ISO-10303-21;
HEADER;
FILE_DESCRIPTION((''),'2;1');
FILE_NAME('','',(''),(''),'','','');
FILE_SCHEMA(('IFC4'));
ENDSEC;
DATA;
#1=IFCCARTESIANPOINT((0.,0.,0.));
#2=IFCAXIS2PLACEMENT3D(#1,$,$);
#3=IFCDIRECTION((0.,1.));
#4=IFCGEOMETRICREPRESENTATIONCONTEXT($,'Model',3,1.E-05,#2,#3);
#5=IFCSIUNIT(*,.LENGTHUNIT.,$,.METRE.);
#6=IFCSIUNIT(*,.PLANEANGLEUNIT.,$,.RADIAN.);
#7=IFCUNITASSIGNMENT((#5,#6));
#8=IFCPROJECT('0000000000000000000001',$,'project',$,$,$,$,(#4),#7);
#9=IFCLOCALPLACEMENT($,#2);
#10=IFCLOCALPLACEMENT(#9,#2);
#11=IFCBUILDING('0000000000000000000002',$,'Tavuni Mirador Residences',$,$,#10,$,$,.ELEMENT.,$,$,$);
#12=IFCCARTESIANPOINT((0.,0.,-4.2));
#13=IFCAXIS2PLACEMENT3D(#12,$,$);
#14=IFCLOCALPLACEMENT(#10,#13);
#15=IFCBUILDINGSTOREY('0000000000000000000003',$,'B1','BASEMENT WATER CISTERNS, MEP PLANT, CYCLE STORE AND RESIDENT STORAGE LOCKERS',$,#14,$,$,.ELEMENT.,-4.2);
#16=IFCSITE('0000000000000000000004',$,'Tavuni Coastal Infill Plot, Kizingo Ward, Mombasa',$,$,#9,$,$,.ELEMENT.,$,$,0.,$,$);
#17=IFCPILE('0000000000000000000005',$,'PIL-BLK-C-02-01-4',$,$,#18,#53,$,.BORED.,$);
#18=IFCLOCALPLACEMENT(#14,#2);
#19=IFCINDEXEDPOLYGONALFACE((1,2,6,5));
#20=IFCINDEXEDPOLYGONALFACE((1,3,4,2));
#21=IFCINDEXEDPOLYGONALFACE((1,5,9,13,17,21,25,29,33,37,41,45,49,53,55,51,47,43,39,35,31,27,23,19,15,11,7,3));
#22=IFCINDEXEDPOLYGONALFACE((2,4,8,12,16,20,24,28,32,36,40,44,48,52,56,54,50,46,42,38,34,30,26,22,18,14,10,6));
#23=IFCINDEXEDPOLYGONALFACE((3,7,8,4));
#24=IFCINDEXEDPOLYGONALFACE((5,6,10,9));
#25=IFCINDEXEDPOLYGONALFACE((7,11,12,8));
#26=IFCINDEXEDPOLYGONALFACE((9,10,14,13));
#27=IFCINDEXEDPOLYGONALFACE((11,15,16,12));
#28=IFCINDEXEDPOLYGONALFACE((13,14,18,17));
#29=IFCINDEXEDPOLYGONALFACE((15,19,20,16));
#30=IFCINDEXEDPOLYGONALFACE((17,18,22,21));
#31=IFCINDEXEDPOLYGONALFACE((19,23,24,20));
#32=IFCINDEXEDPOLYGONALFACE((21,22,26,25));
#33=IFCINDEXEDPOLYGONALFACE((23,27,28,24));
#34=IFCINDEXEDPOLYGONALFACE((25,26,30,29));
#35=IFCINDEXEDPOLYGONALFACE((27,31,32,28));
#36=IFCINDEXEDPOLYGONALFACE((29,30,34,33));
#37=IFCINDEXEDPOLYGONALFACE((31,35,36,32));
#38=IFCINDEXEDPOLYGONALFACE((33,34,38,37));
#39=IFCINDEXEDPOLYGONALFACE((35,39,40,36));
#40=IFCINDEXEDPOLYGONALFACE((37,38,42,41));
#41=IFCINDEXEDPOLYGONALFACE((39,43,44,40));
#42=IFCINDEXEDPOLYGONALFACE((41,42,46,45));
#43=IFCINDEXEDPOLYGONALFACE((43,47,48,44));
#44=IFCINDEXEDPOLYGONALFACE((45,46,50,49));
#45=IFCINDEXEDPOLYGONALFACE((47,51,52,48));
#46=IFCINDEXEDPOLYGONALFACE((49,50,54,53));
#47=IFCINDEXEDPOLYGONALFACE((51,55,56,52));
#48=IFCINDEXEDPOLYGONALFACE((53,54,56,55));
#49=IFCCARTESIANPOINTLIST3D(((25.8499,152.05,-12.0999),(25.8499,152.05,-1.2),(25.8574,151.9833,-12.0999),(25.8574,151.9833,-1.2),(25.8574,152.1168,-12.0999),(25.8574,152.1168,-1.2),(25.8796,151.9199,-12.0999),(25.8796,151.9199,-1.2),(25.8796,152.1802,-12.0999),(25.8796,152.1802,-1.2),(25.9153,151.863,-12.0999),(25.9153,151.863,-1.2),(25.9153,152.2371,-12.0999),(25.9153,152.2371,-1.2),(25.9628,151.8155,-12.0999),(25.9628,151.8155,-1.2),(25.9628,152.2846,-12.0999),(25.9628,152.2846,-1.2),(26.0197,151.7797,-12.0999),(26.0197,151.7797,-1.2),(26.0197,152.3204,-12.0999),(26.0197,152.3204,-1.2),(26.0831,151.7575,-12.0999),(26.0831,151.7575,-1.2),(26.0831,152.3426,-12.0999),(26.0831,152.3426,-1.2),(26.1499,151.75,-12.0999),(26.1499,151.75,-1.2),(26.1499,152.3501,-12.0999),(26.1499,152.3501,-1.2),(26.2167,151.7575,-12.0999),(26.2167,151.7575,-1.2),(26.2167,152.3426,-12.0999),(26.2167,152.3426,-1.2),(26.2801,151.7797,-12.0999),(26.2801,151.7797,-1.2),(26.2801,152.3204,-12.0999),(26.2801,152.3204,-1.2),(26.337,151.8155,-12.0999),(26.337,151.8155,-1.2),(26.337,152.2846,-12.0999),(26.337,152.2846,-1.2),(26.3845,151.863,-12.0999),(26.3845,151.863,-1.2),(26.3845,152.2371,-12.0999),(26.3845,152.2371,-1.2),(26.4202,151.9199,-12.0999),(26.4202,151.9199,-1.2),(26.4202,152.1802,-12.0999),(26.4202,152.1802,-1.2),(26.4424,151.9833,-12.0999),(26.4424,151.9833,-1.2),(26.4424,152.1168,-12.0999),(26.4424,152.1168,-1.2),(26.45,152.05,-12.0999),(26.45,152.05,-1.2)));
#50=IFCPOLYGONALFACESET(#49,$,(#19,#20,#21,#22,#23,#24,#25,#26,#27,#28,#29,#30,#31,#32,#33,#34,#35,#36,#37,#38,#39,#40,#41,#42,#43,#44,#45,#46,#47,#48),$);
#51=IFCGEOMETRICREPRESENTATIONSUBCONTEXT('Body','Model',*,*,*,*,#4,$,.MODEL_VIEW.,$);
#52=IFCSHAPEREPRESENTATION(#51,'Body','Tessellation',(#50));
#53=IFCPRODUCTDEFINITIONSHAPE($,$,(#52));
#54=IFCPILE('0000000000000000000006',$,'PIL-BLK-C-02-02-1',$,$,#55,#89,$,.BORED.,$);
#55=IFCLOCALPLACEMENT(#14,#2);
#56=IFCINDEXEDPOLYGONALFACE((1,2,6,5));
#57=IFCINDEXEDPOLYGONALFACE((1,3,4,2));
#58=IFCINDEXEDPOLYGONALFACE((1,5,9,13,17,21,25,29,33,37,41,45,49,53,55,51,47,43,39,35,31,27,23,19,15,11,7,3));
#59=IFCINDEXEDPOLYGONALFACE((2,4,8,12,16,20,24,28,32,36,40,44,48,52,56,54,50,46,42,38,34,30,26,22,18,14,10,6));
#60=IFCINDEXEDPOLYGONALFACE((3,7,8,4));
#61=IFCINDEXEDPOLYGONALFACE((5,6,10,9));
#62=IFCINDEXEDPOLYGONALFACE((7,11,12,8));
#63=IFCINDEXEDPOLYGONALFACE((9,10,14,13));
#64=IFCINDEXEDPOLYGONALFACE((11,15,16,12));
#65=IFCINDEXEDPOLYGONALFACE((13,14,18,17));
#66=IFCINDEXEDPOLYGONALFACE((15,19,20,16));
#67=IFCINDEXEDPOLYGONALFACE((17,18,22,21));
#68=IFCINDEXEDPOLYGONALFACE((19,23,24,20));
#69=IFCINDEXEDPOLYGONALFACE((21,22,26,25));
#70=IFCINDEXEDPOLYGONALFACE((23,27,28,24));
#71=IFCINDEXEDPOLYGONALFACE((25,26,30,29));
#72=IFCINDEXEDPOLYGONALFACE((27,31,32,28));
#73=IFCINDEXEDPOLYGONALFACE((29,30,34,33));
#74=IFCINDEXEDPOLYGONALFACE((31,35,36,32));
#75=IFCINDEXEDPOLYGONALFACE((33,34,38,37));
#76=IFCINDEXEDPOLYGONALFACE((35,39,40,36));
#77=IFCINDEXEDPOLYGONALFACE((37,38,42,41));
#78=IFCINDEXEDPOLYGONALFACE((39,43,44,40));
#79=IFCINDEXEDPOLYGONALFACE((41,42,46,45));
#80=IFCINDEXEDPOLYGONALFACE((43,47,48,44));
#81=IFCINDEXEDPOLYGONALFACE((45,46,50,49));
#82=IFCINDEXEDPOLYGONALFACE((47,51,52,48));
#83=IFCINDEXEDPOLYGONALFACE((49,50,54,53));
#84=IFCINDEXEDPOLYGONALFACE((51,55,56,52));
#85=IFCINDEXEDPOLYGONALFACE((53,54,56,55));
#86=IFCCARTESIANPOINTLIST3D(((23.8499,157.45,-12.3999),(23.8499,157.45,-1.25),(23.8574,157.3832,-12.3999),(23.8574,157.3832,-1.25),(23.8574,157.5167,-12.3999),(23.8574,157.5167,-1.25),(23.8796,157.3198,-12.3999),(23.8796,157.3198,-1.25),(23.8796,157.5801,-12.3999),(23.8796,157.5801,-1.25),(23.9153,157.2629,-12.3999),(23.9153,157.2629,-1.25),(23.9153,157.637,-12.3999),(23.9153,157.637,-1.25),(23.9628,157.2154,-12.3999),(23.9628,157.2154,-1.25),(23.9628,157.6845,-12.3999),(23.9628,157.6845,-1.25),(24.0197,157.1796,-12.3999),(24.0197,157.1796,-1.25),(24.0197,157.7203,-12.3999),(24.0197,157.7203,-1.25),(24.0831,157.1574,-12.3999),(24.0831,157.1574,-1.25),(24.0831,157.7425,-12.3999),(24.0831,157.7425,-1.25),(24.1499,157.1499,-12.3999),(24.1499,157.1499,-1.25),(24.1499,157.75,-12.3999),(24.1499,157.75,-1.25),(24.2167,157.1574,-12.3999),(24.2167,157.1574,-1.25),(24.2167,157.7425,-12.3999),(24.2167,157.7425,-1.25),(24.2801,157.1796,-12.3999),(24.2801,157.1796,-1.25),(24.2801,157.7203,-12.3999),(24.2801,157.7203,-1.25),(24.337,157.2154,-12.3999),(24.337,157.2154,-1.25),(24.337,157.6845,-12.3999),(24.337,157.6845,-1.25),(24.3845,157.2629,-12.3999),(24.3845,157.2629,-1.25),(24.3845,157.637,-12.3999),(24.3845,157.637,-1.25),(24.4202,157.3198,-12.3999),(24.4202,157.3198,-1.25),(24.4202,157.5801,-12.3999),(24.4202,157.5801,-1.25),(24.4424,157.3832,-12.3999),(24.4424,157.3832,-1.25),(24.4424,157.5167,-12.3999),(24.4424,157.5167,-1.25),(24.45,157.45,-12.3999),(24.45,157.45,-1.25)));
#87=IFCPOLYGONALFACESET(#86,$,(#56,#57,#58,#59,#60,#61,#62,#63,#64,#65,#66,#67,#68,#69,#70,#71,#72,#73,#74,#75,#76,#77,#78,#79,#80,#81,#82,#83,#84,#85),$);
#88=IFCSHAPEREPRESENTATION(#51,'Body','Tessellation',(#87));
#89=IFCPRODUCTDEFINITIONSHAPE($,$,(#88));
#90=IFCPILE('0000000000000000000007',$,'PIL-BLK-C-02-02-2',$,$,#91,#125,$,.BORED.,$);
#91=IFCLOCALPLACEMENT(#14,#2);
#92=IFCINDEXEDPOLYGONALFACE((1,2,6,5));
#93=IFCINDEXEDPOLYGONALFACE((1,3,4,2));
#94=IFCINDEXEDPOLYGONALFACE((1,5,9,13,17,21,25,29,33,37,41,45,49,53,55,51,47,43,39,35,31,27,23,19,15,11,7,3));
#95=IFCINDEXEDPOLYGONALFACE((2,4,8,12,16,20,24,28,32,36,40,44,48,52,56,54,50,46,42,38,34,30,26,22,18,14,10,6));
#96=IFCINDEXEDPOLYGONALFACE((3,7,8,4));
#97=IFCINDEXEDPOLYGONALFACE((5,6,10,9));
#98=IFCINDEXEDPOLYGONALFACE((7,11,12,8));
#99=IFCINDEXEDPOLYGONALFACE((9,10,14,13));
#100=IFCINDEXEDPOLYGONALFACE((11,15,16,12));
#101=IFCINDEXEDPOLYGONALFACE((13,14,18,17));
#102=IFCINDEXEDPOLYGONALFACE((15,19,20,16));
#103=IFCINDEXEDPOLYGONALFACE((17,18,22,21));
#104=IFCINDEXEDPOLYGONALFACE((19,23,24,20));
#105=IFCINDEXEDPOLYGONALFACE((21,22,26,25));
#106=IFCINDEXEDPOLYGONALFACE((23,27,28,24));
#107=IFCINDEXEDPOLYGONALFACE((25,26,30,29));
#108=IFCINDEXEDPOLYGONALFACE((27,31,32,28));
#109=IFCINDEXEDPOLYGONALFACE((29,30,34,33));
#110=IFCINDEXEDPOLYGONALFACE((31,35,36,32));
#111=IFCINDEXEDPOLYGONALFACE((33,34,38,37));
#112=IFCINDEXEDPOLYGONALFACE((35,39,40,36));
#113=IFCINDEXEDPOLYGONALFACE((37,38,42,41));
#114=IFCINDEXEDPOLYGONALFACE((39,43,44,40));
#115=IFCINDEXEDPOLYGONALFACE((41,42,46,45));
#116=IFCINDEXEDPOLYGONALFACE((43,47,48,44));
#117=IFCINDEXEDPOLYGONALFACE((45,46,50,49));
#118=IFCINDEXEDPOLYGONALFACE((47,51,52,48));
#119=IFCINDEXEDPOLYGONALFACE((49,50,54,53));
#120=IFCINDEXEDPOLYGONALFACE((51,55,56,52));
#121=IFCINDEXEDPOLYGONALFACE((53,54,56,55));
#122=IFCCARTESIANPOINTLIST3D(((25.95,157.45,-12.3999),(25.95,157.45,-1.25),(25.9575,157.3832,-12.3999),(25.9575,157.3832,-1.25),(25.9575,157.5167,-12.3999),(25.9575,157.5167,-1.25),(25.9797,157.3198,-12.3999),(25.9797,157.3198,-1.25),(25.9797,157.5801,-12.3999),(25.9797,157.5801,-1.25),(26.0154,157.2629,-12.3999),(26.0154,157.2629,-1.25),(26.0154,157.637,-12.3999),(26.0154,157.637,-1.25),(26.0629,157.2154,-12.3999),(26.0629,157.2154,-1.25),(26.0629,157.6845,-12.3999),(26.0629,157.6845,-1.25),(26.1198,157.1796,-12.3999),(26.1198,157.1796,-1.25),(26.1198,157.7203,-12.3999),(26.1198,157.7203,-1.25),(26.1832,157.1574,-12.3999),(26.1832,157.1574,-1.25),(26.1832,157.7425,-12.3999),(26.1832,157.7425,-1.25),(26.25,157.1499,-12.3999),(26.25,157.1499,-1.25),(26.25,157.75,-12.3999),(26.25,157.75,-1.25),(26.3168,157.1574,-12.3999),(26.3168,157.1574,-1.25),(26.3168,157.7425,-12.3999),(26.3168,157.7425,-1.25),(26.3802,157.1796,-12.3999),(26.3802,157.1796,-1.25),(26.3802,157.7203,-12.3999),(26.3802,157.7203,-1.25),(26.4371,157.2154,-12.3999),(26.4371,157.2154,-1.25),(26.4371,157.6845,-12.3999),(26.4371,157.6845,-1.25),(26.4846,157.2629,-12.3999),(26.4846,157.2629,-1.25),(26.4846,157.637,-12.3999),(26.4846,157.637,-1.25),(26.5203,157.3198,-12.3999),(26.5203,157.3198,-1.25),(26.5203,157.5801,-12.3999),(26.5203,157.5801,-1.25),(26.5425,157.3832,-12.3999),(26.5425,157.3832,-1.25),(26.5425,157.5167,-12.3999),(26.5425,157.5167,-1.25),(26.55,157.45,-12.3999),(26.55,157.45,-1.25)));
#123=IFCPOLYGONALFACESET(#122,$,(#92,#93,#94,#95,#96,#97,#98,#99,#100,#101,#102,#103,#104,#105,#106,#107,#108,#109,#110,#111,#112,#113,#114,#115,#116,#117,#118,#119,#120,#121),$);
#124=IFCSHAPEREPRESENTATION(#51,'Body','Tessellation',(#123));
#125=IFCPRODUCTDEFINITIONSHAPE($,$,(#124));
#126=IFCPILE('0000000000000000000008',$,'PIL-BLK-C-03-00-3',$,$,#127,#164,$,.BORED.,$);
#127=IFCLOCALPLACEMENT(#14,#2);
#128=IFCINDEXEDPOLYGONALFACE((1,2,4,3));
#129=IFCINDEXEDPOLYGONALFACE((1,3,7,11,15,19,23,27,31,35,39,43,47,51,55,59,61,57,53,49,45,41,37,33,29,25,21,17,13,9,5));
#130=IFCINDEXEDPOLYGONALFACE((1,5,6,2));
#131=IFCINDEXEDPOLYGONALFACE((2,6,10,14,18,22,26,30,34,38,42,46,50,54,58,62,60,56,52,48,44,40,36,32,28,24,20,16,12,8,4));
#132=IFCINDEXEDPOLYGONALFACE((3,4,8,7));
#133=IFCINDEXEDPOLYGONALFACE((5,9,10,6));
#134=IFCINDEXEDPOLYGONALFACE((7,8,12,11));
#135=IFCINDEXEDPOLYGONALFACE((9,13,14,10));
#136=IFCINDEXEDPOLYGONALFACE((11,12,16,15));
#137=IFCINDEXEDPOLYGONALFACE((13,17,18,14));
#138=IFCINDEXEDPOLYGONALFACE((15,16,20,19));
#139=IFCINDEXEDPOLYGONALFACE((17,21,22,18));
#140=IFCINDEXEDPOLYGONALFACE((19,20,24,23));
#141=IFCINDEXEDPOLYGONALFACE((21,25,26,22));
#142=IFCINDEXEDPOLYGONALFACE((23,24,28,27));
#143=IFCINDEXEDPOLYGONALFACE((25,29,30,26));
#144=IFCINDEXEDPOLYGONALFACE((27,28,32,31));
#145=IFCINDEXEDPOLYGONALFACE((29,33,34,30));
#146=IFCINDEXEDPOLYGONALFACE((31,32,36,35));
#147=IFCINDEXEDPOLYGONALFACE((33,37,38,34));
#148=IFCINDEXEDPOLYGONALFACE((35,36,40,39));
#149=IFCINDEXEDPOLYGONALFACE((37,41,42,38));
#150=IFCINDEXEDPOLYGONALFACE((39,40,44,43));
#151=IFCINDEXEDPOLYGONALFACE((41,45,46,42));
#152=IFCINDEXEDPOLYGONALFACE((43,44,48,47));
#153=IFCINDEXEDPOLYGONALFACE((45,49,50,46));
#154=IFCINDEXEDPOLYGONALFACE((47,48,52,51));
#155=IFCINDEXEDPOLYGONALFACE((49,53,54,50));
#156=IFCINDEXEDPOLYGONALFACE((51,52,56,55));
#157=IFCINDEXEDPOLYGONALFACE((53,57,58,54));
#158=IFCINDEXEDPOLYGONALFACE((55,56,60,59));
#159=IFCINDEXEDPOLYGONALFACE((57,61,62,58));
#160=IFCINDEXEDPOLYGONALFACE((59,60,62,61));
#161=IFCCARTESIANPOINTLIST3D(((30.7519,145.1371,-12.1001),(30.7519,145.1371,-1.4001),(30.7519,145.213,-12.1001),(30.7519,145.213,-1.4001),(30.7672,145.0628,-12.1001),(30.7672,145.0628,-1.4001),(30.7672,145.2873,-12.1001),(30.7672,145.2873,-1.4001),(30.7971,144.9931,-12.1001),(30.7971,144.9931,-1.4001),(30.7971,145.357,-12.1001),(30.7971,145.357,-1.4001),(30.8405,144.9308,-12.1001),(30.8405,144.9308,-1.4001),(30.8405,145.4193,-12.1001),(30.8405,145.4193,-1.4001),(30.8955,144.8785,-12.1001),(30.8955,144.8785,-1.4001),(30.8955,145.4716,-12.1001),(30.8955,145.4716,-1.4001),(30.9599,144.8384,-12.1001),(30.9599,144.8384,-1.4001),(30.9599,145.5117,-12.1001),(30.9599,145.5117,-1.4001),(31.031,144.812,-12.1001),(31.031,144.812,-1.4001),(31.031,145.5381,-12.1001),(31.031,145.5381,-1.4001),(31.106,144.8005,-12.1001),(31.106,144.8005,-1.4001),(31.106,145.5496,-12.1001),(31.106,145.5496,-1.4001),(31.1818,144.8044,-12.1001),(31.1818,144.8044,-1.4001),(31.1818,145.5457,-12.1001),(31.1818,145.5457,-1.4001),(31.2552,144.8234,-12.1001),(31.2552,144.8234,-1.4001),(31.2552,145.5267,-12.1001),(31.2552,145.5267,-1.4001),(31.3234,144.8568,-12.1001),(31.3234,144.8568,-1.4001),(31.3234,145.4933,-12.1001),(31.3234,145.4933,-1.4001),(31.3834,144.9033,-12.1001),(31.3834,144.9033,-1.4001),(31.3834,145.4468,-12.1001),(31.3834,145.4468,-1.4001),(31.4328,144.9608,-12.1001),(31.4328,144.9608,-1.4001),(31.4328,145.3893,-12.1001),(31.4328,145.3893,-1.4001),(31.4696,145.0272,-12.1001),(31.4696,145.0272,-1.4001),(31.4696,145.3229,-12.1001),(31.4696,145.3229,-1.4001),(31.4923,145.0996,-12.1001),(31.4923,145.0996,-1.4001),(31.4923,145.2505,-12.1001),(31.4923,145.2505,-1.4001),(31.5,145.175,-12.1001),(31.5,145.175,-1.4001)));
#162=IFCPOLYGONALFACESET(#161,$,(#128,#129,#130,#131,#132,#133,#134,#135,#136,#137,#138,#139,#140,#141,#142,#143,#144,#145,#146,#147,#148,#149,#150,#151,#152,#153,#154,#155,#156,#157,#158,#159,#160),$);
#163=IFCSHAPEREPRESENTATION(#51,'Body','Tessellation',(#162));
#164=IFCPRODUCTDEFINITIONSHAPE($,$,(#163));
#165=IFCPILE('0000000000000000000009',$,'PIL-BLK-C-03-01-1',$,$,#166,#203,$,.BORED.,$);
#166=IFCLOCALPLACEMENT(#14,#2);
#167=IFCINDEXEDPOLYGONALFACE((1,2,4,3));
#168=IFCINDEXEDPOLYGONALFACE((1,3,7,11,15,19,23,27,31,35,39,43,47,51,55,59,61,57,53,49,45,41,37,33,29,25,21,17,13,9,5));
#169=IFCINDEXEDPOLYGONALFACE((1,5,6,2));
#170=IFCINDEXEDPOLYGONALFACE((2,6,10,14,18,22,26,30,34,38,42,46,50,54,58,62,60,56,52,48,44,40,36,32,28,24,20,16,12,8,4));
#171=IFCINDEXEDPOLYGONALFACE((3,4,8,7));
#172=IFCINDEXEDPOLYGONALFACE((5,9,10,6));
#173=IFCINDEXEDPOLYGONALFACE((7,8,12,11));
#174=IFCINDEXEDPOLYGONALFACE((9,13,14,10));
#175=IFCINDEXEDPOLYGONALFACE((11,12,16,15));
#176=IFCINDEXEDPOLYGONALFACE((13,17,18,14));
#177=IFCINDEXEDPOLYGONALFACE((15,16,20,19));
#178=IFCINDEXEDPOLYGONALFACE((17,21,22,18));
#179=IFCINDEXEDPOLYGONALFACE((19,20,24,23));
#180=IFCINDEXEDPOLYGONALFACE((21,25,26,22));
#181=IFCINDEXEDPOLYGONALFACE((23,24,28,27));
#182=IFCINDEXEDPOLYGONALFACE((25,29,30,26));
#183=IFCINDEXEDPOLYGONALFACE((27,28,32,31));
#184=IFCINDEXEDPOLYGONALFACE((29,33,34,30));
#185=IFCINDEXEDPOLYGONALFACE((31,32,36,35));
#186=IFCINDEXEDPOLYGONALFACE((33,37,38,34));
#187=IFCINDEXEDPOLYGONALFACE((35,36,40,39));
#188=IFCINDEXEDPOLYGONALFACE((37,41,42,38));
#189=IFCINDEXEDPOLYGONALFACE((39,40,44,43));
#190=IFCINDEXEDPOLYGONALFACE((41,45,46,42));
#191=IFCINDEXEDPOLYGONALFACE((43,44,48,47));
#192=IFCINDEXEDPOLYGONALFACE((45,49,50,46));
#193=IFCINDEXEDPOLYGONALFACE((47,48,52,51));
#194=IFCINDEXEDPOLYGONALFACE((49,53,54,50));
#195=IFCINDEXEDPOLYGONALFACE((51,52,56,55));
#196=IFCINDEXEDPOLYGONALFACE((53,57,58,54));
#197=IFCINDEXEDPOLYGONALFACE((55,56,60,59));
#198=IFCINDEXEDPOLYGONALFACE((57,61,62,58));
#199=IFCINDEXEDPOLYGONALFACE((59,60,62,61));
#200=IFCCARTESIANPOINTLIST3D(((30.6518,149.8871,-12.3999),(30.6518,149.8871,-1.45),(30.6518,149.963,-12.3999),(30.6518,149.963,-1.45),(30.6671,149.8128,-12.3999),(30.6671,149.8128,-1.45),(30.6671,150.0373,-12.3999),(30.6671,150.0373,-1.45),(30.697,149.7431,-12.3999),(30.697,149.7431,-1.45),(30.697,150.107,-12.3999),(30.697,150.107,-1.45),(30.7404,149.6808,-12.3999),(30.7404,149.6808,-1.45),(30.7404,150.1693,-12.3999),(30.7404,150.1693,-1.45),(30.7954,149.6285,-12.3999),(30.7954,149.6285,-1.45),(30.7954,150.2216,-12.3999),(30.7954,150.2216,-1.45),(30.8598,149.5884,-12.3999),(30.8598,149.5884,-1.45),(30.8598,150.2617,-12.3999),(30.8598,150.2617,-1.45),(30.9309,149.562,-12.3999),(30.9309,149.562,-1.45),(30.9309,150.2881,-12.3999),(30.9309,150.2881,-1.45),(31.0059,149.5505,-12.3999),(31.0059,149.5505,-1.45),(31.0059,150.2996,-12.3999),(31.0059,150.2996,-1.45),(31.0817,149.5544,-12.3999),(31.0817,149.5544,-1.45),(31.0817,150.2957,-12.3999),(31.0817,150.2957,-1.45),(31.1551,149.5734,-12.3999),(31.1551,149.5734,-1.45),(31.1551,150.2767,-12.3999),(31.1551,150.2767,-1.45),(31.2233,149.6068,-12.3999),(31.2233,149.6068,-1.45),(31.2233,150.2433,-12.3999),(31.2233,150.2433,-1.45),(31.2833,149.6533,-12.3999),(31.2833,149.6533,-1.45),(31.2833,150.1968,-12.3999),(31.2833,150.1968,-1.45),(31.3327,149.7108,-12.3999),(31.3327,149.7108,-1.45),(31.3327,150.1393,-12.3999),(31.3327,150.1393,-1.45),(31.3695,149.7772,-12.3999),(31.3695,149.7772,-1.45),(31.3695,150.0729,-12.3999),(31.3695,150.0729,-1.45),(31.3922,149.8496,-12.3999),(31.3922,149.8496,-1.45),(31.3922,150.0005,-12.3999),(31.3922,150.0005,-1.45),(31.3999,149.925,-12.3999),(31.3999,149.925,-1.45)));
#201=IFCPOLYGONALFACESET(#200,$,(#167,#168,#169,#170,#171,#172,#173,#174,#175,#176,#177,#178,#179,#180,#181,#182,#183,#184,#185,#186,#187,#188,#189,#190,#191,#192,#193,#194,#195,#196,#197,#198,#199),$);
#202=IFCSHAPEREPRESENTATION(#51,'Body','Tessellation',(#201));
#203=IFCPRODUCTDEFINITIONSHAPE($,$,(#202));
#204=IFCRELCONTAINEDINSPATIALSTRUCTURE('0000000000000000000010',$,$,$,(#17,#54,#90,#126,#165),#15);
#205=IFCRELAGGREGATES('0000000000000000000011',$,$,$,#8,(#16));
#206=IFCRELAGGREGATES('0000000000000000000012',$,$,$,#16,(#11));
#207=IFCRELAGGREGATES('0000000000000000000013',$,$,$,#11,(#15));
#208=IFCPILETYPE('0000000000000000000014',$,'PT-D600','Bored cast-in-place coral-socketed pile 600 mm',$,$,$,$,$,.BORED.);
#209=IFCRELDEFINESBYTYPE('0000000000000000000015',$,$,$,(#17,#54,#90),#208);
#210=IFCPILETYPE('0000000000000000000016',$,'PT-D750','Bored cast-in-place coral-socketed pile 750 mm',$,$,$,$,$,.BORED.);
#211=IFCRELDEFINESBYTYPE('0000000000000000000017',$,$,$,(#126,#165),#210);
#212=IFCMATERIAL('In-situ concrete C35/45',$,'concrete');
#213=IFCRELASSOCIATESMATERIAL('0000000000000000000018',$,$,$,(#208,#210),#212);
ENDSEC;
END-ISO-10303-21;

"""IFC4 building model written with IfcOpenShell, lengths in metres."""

from ifc_helpers import new_model, si_unit, direction, frame, origin, origin_2d, place, context, subcontext, project, spatial, circle, extrude, material, material_profile, profile_set, type_object, element, save


model = new_model("IFC4")

# Units and contexts
model_context = context("Model", 3, precision=1e-05, world=origin(), true_north=direction((0.0, 1.0)))
body_context = subcontext(model_context, "Body", "Model", "MODEL_VIEW")
ifc_project = project(units=[si_unit("LENGTHUNIT", "METRE"), si_unit("PLANEANGLEUNIT", "RADIAN")], contexts=[model_context])

# Site, building, storey
site_placement = place(None, origin())
site = spatial("IfcSite", under=ifc_project, at=site_placement, Name="Tavuni Coastal Infill Plot, Kizingo Ward, Mombasa", CompositionType="ELEMENT", RefElevation=0.0)
building_placement = place(site_placement, origin())
building = spatial("IfcBuilding", under=site, at=building_placement, Name="Tavuni Mirador Residences", CompositionType="ELEMENT")
storey_placement = place(building_placement, frame((0.0, 0.0, -4.2)))
storey = spatial("IfcBuildingStorey", under=building, at=storey_placement, Name="B1", Description="BASEMENT WATER CISTERNS, MEP PLANT, CYCLE STORE AND RESIDENT STORAGE LOCKERS", CompositionType="ELEMENT", Elevation=-4.2)

# Shared definitions
ifc_material_1 = material(Name="In-situ concrete C35/45", Category="concrete")

# Piles
ifc_material_profile_1 = material_profile(ifc_material_1, circle(Radius=0.3, at=origin_2d()), Name="PILE D600", Category="concrete")
ifc_profile_set_1 = profile_set([ifc_material_profile_1], Name="In-situ concrete C35/45")
pile_type_1 = type_object("IfcPileType", Name="PT-D600", Description="Bored cast-in-place coral-socketed pile 600 mm", PredefinedType="BORED", material=ifc_profile_set_1)
for number, where, z_axis, x_axis, name in (
    (1, (26.1499, 152.05, -1.2), (0.0, 0.0, -1.0), (1.0, 0.0, 0.0), "PIL-BLK-C-02-01-4"),
):
    element("IfcPile", number, at=place(storey_placement, frame(where, z_axis=z_axis, x_axis=x_axis)), inside=storey, type_object=pile_type_1, Name=name, PredefinedType="BORED", context=body_context, shape_type="SweptSolid", body=[
        extrude(circle(Radius=0.3, at=origin_2d()), origin(), (0.0, 0.0, 1.0), 10.8999),
    ])
for number, where, z_axis, x_axis, name in (
    (2, (24.1499, 157.45, -1.25), (0.0, 0.0, -1.0), (1.0, 0.0, 0.0), "PIL-BLK-C-02-02-1"),
    (3, (26.25, 157.45, -1.25), (0.0, 0.0, -1.0), (1.0, 0.0, 0.0), "PIL-BLK-C-02-02-2"),
):
    element("IfcPile", number, at=place(storey_placement, frame(where, z_axis=z_axis, x_axis=x_axis)), inside=storey, type_object=pile_type_1, Name=name, PredefinedType="BORED", context=body_context, shape_type="SweptSolid", body=[
        extrude(circle(Radius=0.3, at=origin_2d()), origin(), (0.0, 0.0, 1.0), 11.1499),
    ])
ifc_material_profile_2 = material_profile(ifc_material_1, circle(Radius=0.375, at=origin_2d()), Name="PILE D750", Category="concrete")
ifc_profile_set_2 = profile_set([ifc_material_profile_2], Name="In-situ concrete C35/45")
pile_type_2 = type_object("IfcPileType", Name="PT-D750", Description="Bored cast-in-place coral-socketed pile 750 mm", PredefinedType="BORED", material=ifc_profile_set_2)
pile_1_placement = place(storey_placement, frame((31.125, 145.175, -1.4001), z_axis=(0.0, 0.0, -1.0), x_axis=(1.0, 0.0, 0.0)))
element("IfcPile", 4, at=pile_1_placement, inside=storey, type_object=pile_type_2, Name="PIL-BLK-C-03-00-3", PredefinedType="BORED", context=body_context, shape_type="SweptSolid", body=[
    extrude(circle(Radius=0.375, at=origin_2d()), origin(), (0.0, 0.0, 1.0), 10.7),
])
for number, where, z_axis, x_axis, name in (
    (5, (31.0249, 149.925, -1.45), (0.0, 0.0, -1.0), (1.0, 0.0, 0.0), "PIL-BLK-C-03-01-1"),
):
    element("IfcPile", number, at=place(storey_placement, frame(where, z_axis=z_axis, x_axis=x_axis)), inside=storey, type_object=pile_type_2, Name=name, PredefinedType="BORED", context=body_context, shape_type="SweptSolid", body=[
        extrude(circle(Radius=0.375, at=origin_2d()), origin(), (0.0, 0.0, 1.0), 10.95),
    ])

save(model, "model.ifc")
